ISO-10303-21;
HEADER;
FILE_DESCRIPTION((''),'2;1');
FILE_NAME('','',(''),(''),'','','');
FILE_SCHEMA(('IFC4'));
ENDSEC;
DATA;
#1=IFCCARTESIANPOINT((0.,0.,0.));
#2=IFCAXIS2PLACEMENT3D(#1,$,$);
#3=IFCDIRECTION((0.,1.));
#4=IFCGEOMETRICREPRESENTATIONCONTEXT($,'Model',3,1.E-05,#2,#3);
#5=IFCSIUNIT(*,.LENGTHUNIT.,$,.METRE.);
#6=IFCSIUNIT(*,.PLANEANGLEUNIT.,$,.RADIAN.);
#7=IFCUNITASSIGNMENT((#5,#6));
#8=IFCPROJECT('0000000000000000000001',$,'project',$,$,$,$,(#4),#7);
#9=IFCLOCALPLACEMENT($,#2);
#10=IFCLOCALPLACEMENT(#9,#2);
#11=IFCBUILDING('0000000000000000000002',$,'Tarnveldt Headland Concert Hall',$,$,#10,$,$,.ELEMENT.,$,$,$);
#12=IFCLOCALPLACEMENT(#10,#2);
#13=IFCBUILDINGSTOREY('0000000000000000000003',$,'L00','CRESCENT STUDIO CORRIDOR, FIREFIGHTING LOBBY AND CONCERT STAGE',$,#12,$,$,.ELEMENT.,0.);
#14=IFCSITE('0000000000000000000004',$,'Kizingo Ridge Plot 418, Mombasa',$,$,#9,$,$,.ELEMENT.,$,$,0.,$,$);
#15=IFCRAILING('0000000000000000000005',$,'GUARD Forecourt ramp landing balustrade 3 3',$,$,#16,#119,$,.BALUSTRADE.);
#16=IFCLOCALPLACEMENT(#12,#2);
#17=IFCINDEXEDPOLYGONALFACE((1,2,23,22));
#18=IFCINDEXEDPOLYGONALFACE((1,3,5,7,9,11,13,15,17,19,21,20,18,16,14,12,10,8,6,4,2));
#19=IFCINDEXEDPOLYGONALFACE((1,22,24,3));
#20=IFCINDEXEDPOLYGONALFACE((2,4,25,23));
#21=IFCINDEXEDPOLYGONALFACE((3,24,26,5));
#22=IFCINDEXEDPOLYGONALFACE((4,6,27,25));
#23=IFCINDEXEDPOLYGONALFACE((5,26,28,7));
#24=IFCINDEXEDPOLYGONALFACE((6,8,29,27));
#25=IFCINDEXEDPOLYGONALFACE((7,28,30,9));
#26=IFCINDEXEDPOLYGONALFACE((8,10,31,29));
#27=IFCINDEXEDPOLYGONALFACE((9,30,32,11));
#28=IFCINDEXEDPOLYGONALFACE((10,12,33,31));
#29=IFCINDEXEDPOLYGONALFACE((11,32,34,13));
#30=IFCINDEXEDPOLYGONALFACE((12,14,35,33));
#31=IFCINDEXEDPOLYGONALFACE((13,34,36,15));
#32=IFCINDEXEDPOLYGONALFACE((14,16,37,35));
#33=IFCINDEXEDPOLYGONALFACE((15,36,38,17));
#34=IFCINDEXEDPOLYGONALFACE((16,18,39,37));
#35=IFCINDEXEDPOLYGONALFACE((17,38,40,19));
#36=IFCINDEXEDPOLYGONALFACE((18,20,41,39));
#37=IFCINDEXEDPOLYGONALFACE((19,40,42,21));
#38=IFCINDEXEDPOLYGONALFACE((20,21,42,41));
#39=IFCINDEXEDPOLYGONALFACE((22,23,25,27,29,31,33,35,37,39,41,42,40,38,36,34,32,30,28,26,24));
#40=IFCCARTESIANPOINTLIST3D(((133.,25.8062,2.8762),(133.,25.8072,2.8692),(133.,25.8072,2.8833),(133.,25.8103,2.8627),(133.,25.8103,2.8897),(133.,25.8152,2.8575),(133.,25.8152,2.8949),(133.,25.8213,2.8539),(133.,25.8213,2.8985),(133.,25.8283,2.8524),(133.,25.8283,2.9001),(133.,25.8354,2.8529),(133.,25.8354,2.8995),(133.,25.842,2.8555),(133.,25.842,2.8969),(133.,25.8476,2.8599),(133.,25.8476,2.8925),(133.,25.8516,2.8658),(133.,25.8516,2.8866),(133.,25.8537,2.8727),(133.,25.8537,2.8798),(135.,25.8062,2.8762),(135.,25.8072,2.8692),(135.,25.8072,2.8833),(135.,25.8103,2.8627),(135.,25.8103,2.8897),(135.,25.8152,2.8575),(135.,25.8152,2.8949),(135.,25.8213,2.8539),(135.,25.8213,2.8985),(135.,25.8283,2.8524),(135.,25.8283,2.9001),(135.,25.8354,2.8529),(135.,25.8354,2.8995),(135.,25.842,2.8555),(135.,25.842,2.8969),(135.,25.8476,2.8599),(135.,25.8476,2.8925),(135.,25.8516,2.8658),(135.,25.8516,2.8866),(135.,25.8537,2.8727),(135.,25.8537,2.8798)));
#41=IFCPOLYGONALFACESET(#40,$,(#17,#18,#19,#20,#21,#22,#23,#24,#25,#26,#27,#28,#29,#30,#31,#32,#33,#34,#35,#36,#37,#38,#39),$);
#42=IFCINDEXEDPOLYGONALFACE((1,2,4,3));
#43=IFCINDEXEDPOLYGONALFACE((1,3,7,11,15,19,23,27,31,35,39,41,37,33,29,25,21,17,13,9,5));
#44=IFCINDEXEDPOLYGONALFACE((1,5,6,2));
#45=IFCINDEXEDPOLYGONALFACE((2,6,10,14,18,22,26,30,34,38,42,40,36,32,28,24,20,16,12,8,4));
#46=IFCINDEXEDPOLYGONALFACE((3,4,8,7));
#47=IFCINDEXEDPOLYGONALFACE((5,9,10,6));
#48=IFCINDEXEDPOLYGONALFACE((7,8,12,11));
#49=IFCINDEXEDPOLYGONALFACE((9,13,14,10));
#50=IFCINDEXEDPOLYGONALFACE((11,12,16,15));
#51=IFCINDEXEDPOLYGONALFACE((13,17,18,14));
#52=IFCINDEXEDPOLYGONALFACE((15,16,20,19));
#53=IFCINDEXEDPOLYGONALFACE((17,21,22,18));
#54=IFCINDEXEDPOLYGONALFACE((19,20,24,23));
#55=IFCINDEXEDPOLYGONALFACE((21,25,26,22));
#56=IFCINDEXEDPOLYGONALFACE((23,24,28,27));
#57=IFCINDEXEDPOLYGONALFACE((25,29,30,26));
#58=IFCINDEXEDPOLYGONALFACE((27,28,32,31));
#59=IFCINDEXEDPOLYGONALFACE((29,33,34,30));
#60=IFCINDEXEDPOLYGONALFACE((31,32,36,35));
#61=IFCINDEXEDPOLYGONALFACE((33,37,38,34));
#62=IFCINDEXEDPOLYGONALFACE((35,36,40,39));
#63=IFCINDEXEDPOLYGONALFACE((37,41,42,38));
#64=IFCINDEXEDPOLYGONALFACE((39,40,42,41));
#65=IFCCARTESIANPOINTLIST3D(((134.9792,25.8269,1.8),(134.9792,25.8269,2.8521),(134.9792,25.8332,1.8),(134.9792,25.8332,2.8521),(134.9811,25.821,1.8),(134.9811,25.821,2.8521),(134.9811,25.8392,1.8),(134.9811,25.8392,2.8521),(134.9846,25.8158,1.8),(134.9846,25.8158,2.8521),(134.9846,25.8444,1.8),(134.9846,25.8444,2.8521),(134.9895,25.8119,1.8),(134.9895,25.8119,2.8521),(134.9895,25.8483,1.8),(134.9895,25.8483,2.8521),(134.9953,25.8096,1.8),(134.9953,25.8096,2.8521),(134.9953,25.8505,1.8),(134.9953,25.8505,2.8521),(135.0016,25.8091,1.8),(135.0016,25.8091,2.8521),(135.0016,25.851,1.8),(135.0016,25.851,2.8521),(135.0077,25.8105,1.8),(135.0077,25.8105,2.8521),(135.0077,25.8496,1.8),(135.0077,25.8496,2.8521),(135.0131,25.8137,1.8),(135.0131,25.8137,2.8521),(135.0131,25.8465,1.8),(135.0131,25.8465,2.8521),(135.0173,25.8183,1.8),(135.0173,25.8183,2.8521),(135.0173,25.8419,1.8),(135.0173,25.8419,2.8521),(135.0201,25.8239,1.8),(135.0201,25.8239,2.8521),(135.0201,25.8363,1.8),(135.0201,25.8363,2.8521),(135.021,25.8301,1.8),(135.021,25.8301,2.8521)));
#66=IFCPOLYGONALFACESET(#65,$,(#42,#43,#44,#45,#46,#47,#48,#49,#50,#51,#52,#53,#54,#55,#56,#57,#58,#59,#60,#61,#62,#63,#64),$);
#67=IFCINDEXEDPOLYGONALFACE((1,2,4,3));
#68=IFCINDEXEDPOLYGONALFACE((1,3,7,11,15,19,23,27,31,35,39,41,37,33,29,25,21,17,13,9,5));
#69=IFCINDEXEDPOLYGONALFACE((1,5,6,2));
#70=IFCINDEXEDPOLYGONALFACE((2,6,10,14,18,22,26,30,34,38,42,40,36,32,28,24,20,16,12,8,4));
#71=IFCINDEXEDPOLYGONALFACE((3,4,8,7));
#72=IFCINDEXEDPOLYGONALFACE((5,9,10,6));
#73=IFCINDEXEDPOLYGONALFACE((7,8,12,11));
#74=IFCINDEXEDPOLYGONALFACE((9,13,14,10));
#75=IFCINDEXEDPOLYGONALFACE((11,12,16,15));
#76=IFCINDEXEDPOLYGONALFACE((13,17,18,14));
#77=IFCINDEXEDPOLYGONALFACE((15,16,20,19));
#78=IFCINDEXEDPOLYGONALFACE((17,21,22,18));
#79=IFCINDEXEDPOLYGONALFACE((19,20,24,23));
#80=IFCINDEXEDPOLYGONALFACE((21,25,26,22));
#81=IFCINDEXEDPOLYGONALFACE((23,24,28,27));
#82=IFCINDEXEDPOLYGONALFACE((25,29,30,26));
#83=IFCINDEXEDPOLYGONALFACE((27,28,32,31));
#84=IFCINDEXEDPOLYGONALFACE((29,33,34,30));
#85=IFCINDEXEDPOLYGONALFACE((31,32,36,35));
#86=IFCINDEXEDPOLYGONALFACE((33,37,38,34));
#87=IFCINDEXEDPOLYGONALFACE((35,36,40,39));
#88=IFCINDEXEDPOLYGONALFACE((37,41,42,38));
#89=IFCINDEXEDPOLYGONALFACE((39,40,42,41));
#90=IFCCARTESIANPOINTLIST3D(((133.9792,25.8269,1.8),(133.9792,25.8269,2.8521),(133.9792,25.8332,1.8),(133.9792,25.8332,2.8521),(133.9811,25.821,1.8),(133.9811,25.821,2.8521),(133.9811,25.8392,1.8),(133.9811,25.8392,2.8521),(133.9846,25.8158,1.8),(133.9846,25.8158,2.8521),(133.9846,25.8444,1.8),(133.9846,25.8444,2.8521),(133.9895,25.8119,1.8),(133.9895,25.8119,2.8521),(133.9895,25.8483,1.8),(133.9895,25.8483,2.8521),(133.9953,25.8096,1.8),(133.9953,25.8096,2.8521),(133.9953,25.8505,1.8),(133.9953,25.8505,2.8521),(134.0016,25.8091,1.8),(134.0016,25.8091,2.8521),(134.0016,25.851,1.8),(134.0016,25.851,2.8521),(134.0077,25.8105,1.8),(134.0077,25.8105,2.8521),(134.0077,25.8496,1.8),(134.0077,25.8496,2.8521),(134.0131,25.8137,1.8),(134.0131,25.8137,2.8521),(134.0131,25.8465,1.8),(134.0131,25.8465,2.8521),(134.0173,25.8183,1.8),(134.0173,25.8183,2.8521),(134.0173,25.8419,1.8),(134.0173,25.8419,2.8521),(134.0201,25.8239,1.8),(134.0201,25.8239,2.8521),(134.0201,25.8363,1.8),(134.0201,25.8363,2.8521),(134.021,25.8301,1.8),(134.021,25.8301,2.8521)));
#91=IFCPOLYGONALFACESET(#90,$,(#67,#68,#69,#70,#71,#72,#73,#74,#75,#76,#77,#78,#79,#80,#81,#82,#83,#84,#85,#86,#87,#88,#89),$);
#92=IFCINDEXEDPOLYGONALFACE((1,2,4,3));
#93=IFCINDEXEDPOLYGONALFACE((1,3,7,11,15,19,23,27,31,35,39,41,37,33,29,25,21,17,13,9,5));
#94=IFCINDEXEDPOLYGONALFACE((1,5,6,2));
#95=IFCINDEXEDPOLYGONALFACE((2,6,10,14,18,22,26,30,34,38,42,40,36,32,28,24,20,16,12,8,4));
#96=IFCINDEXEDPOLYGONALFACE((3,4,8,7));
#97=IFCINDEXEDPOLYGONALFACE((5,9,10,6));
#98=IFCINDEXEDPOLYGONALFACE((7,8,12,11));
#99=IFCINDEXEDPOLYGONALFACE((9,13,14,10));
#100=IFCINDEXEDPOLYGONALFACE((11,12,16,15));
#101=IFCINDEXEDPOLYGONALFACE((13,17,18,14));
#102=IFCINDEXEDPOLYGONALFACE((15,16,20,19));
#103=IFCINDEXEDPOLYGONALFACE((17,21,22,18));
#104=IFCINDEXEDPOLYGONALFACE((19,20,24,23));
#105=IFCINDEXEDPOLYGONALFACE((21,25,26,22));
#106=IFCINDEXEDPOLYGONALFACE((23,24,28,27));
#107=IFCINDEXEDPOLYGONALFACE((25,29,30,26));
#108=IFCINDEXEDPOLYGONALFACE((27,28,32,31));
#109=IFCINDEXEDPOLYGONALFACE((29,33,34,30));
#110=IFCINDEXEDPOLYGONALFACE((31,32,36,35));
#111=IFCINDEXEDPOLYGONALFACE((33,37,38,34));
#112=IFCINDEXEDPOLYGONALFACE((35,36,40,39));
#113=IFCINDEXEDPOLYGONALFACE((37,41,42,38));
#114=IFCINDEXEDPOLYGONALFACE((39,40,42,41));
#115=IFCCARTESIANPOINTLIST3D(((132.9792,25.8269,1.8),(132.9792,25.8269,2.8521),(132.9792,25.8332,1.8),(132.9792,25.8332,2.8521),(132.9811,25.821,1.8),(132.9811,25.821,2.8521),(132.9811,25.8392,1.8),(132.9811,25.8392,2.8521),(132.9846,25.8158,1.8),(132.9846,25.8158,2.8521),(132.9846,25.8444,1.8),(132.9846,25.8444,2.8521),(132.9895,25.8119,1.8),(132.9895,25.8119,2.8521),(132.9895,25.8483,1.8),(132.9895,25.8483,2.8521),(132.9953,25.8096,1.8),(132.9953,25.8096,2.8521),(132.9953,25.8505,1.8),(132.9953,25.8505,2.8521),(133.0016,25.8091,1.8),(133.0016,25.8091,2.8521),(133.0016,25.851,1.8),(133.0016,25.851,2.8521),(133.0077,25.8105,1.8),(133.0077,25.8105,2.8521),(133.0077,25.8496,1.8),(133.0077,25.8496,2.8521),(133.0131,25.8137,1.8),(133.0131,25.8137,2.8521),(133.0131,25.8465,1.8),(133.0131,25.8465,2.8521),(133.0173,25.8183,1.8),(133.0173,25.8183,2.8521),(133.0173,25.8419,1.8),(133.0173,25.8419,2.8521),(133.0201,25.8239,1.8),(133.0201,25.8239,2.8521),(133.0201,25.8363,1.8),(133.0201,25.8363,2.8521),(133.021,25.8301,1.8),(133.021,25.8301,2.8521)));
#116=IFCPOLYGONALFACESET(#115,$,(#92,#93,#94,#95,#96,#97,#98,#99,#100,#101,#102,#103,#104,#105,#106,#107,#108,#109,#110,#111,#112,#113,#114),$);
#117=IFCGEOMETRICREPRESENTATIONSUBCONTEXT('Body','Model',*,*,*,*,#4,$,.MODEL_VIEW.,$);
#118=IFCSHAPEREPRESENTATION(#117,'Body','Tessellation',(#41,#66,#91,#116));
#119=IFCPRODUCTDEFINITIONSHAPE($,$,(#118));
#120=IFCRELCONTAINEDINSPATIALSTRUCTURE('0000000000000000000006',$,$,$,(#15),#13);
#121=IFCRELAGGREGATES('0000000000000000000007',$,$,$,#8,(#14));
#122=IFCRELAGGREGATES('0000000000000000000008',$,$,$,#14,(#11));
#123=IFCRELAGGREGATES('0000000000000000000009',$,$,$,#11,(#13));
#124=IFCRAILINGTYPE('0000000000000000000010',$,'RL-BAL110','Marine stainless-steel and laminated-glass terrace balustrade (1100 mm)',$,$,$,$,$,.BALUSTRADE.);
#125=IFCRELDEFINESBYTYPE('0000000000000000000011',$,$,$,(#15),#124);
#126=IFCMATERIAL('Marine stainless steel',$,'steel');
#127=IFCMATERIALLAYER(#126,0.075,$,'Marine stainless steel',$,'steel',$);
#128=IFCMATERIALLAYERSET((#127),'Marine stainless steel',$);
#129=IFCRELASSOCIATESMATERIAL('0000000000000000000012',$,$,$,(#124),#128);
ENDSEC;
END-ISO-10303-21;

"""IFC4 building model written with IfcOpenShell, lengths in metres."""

from ifc_helpers import new_model, si_unit, direction, frame, origin, origin_2d, place, context, subcontext, project, spatial, circle, extrude, material, layer, layer_set, type_object, element, save


model = new_model("IFC4")

# Units and contexts
model_context = context("Model", 3, precision=1e-05, world=origin(), true_north=direction((0.0, 1.0)))
body_context = subcontext(model_context, "Body", "Model", "MODEL_VIEW")
ifc_project = project(units=[si_unit("LENGTHUNIT", "METRE"), si_unit("PLANEANGLEUNIT", "RADIAN")], contexts=[model_context])

# Site, building, storey
site_placement = place(None, origin())
site = spatial("IfcSite", under=ifc_project, at=site_placement, Name="Kizingo Ridge Plot 418, Mombasa", CompositionType="ELEMENT", RefElevation=0.0)
building_placement = place(site_placement, origin())
building = spatial("IfcBuilding", under=site, at=building_placement, Name="Tarnveldt Headland Concert Hall", CompositionType="ELEMENT")
storey_placement = place(building_placement, origin())
storey = spatial("IfcBuildingStorey", under=building, at=storey_placement, Name="L00", Description="CRESCENT STUDIO CORRIDOR, FIREFIGHTING LOBBY AND CONCERT STAGE", CompositionType="ELEMENT", Elevation=0.0)

# Railing
ifc_material_1 = material(Name="Marine stainless steel", Category="steel")
ifc_layer_1 = layer(ifc_material_1, 0.075, Name="Marine stainless steel", Category="steel")
ifc_layer_set_1 = layer_set([ifc_layer_1], Name="Marine stainless steel")
railing_type = type_object("IfcRailingType", Name="RL-BAL110", Description="Marine stainless-steel and laminated-glass terrace balustrade (1100 mm)", PredefinedType="BALUSTRADE", material=ifc_layer_set_1)
railing_1_placement = place(storey_placement, frame((135.0, 25.8301, 1.8)))
element("IfcRailing", 1, at=railing_1_placement, inside=storey, type_object=railing_type, Name="GUARD Forecourt ramp landing balustrade 3 3", PredefinedType="BALUSTRADE", context=body_context, shape_type="SweptSolid", body=[
    extrude(circle(Radius=0.0239, at=origin_2d()), frame((0.0, 0.0, 1.0762), z_axis=(-1.0, 0.0, 0.0), x_axis=(0.0, -1.0, 0.0)), (0.0, 0.0, 1.0), 2.0),
    extrude(circle(Radius=0.021, at=origin_2d()), origin(), (0.0, 0.0, 1.0), 1.052),
    extrude(circle(Radius=0.021, at=origin_2d()), frame((-1.0, 0.0, 0.0)), (0.0, 0.0, 1.0), 1.052),
    extrude(circle(Radius=0.021, at=origin_2d()), frame((-2.0, 0.0, 0.0)), (0.0, 0.0, 1.0), 1.052),
])

save(model, "model.ifc")
